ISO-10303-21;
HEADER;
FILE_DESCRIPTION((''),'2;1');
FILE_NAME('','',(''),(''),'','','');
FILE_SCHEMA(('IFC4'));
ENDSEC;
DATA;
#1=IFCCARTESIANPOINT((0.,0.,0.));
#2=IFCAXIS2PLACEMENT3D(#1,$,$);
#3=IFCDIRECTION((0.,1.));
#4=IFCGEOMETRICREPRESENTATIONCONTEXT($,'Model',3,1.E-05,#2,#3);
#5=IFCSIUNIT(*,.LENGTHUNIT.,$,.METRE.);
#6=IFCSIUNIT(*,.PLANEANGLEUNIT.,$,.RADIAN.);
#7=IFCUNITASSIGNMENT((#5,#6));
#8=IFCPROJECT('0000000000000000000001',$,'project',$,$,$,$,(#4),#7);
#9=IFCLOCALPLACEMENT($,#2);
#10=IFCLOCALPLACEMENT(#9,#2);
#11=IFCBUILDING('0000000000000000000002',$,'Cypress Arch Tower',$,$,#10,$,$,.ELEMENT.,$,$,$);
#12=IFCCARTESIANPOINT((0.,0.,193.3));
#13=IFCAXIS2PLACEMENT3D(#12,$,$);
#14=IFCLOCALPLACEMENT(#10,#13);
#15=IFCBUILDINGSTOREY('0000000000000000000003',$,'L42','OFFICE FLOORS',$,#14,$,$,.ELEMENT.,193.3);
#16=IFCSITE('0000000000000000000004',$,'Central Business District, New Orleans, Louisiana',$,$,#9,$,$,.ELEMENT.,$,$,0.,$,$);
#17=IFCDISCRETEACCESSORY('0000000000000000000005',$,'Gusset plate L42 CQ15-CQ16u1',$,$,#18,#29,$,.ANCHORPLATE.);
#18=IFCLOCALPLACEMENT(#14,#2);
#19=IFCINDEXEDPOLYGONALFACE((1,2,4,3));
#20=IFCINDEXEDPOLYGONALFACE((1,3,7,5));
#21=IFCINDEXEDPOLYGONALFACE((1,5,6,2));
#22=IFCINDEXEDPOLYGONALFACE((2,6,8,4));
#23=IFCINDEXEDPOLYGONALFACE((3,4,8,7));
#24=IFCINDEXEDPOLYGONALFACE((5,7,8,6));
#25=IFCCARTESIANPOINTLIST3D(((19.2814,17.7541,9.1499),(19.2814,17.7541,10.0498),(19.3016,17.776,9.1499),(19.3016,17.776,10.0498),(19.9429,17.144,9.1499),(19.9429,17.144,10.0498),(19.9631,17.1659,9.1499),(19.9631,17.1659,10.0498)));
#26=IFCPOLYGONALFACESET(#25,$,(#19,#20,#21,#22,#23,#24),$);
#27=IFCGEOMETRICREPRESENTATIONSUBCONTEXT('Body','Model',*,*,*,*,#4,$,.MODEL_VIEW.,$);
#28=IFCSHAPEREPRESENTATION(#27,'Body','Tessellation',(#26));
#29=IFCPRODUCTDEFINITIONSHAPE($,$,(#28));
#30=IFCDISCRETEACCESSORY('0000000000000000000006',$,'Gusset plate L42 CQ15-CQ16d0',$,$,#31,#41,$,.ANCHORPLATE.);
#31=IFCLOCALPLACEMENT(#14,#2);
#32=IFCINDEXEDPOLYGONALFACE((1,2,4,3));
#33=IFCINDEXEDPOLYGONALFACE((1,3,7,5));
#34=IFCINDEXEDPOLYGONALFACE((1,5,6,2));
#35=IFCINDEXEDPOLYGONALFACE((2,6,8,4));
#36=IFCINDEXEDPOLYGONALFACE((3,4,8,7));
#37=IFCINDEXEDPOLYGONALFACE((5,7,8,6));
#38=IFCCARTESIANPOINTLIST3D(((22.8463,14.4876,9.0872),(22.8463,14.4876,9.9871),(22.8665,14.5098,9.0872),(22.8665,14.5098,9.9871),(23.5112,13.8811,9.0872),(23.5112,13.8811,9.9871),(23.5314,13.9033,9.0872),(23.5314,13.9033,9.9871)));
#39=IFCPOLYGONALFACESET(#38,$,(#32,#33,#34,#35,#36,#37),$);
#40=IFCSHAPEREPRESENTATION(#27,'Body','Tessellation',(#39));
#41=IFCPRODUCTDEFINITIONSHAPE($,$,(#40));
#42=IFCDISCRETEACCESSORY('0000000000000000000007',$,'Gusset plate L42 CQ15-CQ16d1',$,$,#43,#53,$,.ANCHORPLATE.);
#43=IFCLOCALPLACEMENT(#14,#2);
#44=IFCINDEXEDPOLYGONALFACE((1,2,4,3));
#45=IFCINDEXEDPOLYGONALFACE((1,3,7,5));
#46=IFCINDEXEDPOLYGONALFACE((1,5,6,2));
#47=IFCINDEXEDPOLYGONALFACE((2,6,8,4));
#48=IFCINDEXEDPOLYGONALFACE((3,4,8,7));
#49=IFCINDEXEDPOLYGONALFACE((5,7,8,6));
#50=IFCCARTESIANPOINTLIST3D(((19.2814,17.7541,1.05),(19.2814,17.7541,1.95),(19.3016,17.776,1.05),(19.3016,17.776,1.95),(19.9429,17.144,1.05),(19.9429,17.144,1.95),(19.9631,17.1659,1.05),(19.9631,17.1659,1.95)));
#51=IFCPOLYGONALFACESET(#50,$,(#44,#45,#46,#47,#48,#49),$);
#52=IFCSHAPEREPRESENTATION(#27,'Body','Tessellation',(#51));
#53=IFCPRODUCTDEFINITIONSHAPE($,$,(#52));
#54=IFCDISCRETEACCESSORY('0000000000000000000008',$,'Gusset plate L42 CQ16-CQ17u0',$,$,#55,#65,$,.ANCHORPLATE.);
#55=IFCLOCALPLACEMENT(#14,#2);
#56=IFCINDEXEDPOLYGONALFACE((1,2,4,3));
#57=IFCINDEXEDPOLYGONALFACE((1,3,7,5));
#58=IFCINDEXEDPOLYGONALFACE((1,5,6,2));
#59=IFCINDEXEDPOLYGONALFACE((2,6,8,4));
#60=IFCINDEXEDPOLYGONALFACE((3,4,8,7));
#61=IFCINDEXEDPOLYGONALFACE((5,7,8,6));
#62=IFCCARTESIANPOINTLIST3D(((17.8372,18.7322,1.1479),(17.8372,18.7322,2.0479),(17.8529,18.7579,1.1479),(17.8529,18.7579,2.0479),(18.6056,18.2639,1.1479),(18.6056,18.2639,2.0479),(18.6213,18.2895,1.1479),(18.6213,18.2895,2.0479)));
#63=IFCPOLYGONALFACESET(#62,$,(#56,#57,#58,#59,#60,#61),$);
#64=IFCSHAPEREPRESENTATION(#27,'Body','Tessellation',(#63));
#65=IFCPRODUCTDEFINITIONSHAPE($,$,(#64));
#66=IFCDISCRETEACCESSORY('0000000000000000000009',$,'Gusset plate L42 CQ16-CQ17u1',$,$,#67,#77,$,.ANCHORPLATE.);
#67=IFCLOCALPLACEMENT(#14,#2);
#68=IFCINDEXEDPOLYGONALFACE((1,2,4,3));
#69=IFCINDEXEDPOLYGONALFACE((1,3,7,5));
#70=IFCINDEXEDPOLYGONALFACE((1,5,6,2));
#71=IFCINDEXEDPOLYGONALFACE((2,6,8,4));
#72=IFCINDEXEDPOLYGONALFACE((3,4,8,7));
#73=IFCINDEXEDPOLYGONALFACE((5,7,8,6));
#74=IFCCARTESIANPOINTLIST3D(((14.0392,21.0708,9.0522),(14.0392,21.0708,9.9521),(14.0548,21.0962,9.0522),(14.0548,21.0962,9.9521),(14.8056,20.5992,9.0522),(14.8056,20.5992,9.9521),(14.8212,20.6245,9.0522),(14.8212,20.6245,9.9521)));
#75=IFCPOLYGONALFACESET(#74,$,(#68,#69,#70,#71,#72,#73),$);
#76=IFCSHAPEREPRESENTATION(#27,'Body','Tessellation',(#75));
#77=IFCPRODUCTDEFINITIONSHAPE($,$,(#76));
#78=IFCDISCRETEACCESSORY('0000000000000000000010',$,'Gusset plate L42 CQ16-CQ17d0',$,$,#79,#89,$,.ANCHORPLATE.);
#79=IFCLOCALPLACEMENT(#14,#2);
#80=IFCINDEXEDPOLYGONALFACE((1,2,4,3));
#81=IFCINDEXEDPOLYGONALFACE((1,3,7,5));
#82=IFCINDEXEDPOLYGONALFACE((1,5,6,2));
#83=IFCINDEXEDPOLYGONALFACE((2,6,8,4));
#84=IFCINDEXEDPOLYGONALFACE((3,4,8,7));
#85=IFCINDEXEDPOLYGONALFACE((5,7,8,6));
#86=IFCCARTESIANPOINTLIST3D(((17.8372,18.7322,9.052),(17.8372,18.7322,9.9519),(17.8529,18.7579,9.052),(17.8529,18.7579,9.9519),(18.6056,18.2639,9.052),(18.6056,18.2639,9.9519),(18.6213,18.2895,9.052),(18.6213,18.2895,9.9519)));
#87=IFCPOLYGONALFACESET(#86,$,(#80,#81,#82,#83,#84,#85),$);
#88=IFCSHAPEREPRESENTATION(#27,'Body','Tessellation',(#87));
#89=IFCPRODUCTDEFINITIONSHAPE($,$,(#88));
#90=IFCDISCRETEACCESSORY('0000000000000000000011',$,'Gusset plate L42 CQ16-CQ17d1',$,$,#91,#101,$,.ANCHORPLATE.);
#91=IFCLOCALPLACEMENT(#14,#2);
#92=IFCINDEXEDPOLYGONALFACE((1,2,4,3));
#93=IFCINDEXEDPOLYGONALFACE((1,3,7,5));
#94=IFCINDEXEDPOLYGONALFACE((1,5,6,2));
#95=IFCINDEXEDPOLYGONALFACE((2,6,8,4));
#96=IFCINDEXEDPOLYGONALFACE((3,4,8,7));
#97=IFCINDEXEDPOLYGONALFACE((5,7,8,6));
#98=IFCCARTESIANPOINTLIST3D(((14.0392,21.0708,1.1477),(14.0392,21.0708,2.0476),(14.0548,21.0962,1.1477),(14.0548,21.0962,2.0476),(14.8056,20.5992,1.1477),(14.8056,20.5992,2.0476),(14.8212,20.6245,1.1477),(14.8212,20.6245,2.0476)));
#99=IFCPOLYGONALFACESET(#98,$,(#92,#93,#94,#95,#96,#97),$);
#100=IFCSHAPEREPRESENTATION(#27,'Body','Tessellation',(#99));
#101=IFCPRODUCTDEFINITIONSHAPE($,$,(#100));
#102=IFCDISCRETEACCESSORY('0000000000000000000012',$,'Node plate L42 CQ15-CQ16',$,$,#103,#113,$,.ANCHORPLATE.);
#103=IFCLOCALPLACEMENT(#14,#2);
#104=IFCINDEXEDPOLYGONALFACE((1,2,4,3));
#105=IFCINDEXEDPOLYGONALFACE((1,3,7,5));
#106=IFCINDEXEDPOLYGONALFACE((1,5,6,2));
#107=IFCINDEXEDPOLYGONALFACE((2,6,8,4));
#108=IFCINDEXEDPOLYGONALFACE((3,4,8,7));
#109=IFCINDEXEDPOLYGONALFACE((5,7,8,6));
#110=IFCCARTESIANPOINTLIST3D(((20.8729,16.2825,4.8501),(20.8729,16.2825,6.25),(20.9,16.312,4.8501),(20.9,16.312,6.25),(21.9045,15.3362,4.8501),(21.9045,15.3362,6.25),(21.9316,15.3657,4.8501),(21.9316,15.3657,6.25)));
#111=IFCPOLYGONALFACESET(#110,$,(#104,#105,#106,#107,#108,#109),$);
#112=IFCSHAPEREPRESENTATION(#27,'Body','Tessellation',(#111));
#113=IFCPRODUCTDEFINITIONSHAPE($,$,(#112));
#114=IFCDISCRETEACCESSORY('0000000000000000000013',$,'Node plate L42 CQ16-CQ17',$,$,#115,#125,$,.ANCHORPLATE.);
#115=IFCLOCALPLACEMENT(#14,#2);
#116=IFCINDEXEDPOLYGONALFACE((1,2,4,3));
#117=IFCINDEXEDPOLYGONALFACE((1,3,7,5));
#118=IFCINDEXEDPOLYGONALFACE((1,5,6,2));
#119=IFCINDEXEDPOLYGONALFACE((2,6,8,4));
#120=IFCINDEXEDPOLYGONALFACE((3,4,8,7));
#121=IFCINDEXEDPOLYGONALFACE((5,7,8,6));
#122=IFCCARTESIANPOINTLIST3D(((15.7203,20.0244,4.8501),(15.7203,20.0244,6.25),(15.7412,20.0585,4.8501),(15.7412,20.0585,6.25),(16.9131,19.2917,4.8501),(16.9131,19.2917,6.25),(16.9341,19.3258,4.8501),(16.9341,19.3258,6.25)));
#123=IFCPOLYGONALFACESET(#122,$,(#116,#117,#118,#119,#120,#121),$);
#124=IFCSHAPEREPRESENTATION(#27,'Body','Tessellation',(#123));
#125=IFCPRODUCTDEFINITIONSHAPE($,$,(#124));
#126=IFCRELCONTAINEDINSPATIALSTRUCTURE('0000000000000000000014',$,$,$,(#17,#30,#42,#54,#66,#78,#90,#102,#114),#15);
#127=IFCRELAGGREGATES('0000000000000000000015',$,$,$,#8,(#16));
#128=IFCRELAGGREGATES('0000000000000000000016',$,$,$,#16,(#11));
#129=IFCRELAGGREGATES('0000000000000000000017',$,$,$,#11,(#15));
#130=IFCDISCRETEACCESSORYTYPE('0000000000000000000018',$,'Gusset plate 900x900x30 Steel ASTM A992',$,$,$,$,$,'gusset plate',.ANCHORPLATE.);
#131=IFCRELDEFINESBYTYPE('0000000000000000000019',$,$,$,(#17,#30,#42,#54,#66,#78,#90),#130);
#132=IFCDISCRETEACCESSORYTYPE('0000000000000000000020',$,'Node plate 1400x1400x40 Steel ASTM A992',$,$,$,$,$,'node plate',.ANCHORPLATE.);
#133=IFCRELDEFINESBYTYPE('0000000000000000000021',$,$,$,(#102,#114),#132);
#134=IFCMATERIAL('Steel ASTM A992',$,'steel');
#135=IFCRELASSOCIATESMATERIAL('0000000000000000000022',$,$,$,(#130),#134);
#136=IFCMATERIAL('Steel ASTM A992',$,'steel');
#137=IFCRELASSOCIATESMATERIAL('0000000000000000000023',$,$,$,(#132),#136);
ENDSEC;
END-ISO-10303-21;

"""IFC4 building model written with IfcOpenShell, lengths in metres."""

from ifc_helpers import new_model, si_unit, direction, frame, origin, origin_2d, place, context, subcontext, project, spatial, rectangle, extrude, material, material_profile, profile_set, type_object, element, save


model = new_model("IFC4")

# Units and contexts
model_context = context("Model", 3, precision=1e-05, world=origin(), true_north=direction((0.0, 1.0)))
body_context = subcontext(model_context, "Body", "Model", "MODEL_VIEW")
ifc_project = project(units=[si_unit("LENGTHUNIT", "METRE"), si_unit("PLANEANGLEUNIT", "RADIAN")], contexts=[model_context])

# Site, building, storey
site_placement = place(None, origin())
site = spatial("IfcSite", under=ifc_project, at=site_placement, Name="Central Business District, New Orleans, Louisiana", CompositionType="ELEMENT", RefElevation=0.0)
building_placement = place(site_placement, origin())
building = spatial("IfcBuilding", under=site, at=building_placement, Name="Cypress Arch Tower", CompositionType="ELEMENT")
storey_placement = place(building_placement, frame((0.0, 0.0, 193.3)))
storey = spatial("IfcBuildingStorey", under=building, at=storey_placement, Name="L42", Description="OFFICE FLOORS", CompositionType="ELEMENT", Elevation=193.3)

# Discrete accessories
ifc_material_1 = material(Name="Steel ASTM A992", Category="steel")
ifc_material_profile_1 = material_profile(ifc_material_1, rectangle(XDim=0.8999, YDim=0.8999, at=origin_2d()), Name="PL 30 900x900")
ifc_profile_set_1 = profile_set([ifc_material_profile_1], Name="Steel ASTM A992")
discrete_accessory_type_1 = type_object("IfcDiscreteAccessoryType", Name="Gusset plate 900x900x30 Steel ASTM A992", ElementType="gusset plate", PredefinedType="ANCHORPLATE", material=ifc_profile_set_1)
discrete_accessory_1_placement = place(storey_placement, frame((19.6323, 17.4709, 9.5999), z_axis=(-0.677941, -0.735117, 0.0), x_axis=(0.735117, -0.677941, 0.0)))
element("IfcDiscreteAccessory", 1, at=discrete_accessory_1_placement, inside=storey, type_object=discrete_accessory_type_1, Name="Gusset plate L42 CQ15-CQ16u1", PredefinedType="ANCHORPLATE", context=body_context, shape_type="SweptSolid", body=[
    extrude(rectangle(XDim=0.8999, YDim=0.8999, at=origin_2d()), origin(), (0.0, 0.0, 1.0), 0.0298),
])
discrete_accessory_2_placement = place(storey_placement, frame((23.199, 14.2065, 9.5371), z_axis=(-0.673884, -0.738837, 0.0), x_axis=(0.738837, -0.673884, 0.0)))
element("IfcDiscreteAccessory", 2, at=discrete_accessory_2_placement, inside=storey, type_object=discrete_accessory_type_1, Name="Gusset plate L42 CQ15-CQ16d0", PredefinedType="ANCHORPLATE", context=body_context, shape_type="SweptSolid", body=[
    extrude(rectangle(XDim=0.8999, YDim=0.8999, at=origin_2d()), origin(), (0.0, 0.0, 1.0), 0.03),
])
discrete_accessory_3_placement = place(storey_placement, frame((19.6323, 17.4709, 1.5), z_axis=(-0.677941, -0.735117, 0.0), x_axis=(0.735117, -0.677941, 0.0)))
element("IfcDiscreteAccessory", 3, at=discrete_accessory_3_placement, inside=storey, type_object=discrete_accessory_type_1, Name="Gusset plate L42 CQ15-CQ16d1", PredefinedType="ANCHORPLATE", context=body_context, shape_type="SweptSolid", body=[
    extrude(rectangle(XDim=0.8999, YDim=0.8999, at=origin_2d()), origin(), (0.0, 0.0, 1.0), 0.0298),
])
discrete_accessory_4_placement = place(storey_placement, frame((18.2371, 18.5237, 1.5979), z_axis=(-0.520463, -0.853884, 0.0), x_axis=(0.853884, -0.520463, 0.0)))
element("IfcDiscreteAccessory", 4, at=discrete_accessory_4_placement, inside=storey, type_object=discrete_accessory_type_1, Name="Gusset plate L42 CQ16-CQ17u0", PredefinedType="ANCHORPLATE", context=body_context, shape_type="SweptSolid", body=[
    extrude(rectangle(XDim=0.8999, YDim=0.8999, at=origin_2d()), origin(), (0.0, 0.0, 1.0), 0.03),
])
discrete_accessory_5_placement = place(storey_placement, frame((14.438, 20.8604, 9.5022), z_axis=(-0.524097, -0.851658, 0.0), x_axis=(0.851658, -0.524097, 0.0)))
element("IfcDiscreteAccessory", 5, at=discrete_accessory_5_placement, inside=storey, type_object=discrete_accessory_type_1, Name="Gusset plate L42 CQ16-CQ17u1", PredefinedType="ANCHORPLATE", context=body_context, shape_type="SweptSolid", body=[
    extrude(rectangle(XDim=0.8999, YDim=0.8999, at=origin_2d()), origin(), (0.0, 0.0, 1.0), 0.0298),
])
discrete_accessory_6_placement = place(storey_placement, frame((18.2371, 18.5237, 9.502), z_axis=(-0.520463, -0.853884, 0.0), x_axis=(0.853884, -0.520463, 0.0)))
element("IfcDiscreteAccessory", 6, at=discrete_accessory_6_placement, inside=storey, type_object=discrete_accessory_type_1, Name="Gusset plate L42 CQ16-CQ17d0", PredefinedType="ANCHORPLATE", context=body_context, shape_type="SweptSolid", body=[
    extrude(rectangle(XDim=0.8999, YDim=0.8999, at=origin_2d()), origin(), (0.0, 0.0, 1.0), 0.03),
])
discrete_accessory_7_placement = place(storey_placement, frame((14.438, 20.8604, 1.5977), z_axis=(-0.524097, -0.851658, 0.0), x_axis=(0.851658, -0.524097, 0.0)))
element("IfcDiscreteAccessory", 7, at=discrete_accessory_7_placement, inside=storey, type_object=discrete_accessory_type_1, Name="Gusset plate L42 CQ16-CQ17d1", PredefinedType="ANCHORPLATE", context=body_context, shape_type="SweptSolid", body=[
    extrude(rectangle(XDim=0.8999, YDim=0.8999, at=origin_2d()), origin(), (0.0, 0.0, 1.0), 0.0298),
])
ifc_material_2 = material(Name="Steel ASTM A992", Category="steel")
ifc_material_profile_2 = material_profile(ifc_material_2, rectangle(XDim=1.3999, YDim=1.3999, at=origin_2d()), Name="PL 40 1400x1400")
ifc_profile_set_2 = profile_set([ifc_material_profile_2], Name="Steel ASTM A992")
discrete_accessory_type_2 = type_object("IfcDiscreteAccessoryType", Name="Node plate 1400x1400x40 Steel ASTM A992", ElementType="node plate", PredefinedType="ANCHORPLATE", material=ifc_profile_set_2)
for number, where, z_axis, x_axis, name in (
    (8, (21.4158, 15.8389, 5.55), (-0.676, -0.736901, 0.0), (0.736901, -0.676, 0.0), "Node plate L42 CQ15-CQ16"),
    (9, (16.3376, 19.6921, 5.55), (-0.523418, -0.852076, 0.0), (0.852076, -0.523418, 0.0), "Node plate L42 CQ16-CQ17"),
):
    element("IfcDiscreteAccessory", number, at=place(storey_placement, frame(where, z_axis=z_axis, x_axis=x_axis)), inside=storey, type_object=discrete_accessory_type_2, Name=name, PredefinedType="ANCHORPLATE", context=body_context, shape_type="SweptSolid", body=[
        extrude(rectangle(XDim=1.3999, YDim=1.3999, at=origin_2d()), origin(), (0.0, 0.0, 1.0), 0.04),
    ])

save(model, "model.ifc")
